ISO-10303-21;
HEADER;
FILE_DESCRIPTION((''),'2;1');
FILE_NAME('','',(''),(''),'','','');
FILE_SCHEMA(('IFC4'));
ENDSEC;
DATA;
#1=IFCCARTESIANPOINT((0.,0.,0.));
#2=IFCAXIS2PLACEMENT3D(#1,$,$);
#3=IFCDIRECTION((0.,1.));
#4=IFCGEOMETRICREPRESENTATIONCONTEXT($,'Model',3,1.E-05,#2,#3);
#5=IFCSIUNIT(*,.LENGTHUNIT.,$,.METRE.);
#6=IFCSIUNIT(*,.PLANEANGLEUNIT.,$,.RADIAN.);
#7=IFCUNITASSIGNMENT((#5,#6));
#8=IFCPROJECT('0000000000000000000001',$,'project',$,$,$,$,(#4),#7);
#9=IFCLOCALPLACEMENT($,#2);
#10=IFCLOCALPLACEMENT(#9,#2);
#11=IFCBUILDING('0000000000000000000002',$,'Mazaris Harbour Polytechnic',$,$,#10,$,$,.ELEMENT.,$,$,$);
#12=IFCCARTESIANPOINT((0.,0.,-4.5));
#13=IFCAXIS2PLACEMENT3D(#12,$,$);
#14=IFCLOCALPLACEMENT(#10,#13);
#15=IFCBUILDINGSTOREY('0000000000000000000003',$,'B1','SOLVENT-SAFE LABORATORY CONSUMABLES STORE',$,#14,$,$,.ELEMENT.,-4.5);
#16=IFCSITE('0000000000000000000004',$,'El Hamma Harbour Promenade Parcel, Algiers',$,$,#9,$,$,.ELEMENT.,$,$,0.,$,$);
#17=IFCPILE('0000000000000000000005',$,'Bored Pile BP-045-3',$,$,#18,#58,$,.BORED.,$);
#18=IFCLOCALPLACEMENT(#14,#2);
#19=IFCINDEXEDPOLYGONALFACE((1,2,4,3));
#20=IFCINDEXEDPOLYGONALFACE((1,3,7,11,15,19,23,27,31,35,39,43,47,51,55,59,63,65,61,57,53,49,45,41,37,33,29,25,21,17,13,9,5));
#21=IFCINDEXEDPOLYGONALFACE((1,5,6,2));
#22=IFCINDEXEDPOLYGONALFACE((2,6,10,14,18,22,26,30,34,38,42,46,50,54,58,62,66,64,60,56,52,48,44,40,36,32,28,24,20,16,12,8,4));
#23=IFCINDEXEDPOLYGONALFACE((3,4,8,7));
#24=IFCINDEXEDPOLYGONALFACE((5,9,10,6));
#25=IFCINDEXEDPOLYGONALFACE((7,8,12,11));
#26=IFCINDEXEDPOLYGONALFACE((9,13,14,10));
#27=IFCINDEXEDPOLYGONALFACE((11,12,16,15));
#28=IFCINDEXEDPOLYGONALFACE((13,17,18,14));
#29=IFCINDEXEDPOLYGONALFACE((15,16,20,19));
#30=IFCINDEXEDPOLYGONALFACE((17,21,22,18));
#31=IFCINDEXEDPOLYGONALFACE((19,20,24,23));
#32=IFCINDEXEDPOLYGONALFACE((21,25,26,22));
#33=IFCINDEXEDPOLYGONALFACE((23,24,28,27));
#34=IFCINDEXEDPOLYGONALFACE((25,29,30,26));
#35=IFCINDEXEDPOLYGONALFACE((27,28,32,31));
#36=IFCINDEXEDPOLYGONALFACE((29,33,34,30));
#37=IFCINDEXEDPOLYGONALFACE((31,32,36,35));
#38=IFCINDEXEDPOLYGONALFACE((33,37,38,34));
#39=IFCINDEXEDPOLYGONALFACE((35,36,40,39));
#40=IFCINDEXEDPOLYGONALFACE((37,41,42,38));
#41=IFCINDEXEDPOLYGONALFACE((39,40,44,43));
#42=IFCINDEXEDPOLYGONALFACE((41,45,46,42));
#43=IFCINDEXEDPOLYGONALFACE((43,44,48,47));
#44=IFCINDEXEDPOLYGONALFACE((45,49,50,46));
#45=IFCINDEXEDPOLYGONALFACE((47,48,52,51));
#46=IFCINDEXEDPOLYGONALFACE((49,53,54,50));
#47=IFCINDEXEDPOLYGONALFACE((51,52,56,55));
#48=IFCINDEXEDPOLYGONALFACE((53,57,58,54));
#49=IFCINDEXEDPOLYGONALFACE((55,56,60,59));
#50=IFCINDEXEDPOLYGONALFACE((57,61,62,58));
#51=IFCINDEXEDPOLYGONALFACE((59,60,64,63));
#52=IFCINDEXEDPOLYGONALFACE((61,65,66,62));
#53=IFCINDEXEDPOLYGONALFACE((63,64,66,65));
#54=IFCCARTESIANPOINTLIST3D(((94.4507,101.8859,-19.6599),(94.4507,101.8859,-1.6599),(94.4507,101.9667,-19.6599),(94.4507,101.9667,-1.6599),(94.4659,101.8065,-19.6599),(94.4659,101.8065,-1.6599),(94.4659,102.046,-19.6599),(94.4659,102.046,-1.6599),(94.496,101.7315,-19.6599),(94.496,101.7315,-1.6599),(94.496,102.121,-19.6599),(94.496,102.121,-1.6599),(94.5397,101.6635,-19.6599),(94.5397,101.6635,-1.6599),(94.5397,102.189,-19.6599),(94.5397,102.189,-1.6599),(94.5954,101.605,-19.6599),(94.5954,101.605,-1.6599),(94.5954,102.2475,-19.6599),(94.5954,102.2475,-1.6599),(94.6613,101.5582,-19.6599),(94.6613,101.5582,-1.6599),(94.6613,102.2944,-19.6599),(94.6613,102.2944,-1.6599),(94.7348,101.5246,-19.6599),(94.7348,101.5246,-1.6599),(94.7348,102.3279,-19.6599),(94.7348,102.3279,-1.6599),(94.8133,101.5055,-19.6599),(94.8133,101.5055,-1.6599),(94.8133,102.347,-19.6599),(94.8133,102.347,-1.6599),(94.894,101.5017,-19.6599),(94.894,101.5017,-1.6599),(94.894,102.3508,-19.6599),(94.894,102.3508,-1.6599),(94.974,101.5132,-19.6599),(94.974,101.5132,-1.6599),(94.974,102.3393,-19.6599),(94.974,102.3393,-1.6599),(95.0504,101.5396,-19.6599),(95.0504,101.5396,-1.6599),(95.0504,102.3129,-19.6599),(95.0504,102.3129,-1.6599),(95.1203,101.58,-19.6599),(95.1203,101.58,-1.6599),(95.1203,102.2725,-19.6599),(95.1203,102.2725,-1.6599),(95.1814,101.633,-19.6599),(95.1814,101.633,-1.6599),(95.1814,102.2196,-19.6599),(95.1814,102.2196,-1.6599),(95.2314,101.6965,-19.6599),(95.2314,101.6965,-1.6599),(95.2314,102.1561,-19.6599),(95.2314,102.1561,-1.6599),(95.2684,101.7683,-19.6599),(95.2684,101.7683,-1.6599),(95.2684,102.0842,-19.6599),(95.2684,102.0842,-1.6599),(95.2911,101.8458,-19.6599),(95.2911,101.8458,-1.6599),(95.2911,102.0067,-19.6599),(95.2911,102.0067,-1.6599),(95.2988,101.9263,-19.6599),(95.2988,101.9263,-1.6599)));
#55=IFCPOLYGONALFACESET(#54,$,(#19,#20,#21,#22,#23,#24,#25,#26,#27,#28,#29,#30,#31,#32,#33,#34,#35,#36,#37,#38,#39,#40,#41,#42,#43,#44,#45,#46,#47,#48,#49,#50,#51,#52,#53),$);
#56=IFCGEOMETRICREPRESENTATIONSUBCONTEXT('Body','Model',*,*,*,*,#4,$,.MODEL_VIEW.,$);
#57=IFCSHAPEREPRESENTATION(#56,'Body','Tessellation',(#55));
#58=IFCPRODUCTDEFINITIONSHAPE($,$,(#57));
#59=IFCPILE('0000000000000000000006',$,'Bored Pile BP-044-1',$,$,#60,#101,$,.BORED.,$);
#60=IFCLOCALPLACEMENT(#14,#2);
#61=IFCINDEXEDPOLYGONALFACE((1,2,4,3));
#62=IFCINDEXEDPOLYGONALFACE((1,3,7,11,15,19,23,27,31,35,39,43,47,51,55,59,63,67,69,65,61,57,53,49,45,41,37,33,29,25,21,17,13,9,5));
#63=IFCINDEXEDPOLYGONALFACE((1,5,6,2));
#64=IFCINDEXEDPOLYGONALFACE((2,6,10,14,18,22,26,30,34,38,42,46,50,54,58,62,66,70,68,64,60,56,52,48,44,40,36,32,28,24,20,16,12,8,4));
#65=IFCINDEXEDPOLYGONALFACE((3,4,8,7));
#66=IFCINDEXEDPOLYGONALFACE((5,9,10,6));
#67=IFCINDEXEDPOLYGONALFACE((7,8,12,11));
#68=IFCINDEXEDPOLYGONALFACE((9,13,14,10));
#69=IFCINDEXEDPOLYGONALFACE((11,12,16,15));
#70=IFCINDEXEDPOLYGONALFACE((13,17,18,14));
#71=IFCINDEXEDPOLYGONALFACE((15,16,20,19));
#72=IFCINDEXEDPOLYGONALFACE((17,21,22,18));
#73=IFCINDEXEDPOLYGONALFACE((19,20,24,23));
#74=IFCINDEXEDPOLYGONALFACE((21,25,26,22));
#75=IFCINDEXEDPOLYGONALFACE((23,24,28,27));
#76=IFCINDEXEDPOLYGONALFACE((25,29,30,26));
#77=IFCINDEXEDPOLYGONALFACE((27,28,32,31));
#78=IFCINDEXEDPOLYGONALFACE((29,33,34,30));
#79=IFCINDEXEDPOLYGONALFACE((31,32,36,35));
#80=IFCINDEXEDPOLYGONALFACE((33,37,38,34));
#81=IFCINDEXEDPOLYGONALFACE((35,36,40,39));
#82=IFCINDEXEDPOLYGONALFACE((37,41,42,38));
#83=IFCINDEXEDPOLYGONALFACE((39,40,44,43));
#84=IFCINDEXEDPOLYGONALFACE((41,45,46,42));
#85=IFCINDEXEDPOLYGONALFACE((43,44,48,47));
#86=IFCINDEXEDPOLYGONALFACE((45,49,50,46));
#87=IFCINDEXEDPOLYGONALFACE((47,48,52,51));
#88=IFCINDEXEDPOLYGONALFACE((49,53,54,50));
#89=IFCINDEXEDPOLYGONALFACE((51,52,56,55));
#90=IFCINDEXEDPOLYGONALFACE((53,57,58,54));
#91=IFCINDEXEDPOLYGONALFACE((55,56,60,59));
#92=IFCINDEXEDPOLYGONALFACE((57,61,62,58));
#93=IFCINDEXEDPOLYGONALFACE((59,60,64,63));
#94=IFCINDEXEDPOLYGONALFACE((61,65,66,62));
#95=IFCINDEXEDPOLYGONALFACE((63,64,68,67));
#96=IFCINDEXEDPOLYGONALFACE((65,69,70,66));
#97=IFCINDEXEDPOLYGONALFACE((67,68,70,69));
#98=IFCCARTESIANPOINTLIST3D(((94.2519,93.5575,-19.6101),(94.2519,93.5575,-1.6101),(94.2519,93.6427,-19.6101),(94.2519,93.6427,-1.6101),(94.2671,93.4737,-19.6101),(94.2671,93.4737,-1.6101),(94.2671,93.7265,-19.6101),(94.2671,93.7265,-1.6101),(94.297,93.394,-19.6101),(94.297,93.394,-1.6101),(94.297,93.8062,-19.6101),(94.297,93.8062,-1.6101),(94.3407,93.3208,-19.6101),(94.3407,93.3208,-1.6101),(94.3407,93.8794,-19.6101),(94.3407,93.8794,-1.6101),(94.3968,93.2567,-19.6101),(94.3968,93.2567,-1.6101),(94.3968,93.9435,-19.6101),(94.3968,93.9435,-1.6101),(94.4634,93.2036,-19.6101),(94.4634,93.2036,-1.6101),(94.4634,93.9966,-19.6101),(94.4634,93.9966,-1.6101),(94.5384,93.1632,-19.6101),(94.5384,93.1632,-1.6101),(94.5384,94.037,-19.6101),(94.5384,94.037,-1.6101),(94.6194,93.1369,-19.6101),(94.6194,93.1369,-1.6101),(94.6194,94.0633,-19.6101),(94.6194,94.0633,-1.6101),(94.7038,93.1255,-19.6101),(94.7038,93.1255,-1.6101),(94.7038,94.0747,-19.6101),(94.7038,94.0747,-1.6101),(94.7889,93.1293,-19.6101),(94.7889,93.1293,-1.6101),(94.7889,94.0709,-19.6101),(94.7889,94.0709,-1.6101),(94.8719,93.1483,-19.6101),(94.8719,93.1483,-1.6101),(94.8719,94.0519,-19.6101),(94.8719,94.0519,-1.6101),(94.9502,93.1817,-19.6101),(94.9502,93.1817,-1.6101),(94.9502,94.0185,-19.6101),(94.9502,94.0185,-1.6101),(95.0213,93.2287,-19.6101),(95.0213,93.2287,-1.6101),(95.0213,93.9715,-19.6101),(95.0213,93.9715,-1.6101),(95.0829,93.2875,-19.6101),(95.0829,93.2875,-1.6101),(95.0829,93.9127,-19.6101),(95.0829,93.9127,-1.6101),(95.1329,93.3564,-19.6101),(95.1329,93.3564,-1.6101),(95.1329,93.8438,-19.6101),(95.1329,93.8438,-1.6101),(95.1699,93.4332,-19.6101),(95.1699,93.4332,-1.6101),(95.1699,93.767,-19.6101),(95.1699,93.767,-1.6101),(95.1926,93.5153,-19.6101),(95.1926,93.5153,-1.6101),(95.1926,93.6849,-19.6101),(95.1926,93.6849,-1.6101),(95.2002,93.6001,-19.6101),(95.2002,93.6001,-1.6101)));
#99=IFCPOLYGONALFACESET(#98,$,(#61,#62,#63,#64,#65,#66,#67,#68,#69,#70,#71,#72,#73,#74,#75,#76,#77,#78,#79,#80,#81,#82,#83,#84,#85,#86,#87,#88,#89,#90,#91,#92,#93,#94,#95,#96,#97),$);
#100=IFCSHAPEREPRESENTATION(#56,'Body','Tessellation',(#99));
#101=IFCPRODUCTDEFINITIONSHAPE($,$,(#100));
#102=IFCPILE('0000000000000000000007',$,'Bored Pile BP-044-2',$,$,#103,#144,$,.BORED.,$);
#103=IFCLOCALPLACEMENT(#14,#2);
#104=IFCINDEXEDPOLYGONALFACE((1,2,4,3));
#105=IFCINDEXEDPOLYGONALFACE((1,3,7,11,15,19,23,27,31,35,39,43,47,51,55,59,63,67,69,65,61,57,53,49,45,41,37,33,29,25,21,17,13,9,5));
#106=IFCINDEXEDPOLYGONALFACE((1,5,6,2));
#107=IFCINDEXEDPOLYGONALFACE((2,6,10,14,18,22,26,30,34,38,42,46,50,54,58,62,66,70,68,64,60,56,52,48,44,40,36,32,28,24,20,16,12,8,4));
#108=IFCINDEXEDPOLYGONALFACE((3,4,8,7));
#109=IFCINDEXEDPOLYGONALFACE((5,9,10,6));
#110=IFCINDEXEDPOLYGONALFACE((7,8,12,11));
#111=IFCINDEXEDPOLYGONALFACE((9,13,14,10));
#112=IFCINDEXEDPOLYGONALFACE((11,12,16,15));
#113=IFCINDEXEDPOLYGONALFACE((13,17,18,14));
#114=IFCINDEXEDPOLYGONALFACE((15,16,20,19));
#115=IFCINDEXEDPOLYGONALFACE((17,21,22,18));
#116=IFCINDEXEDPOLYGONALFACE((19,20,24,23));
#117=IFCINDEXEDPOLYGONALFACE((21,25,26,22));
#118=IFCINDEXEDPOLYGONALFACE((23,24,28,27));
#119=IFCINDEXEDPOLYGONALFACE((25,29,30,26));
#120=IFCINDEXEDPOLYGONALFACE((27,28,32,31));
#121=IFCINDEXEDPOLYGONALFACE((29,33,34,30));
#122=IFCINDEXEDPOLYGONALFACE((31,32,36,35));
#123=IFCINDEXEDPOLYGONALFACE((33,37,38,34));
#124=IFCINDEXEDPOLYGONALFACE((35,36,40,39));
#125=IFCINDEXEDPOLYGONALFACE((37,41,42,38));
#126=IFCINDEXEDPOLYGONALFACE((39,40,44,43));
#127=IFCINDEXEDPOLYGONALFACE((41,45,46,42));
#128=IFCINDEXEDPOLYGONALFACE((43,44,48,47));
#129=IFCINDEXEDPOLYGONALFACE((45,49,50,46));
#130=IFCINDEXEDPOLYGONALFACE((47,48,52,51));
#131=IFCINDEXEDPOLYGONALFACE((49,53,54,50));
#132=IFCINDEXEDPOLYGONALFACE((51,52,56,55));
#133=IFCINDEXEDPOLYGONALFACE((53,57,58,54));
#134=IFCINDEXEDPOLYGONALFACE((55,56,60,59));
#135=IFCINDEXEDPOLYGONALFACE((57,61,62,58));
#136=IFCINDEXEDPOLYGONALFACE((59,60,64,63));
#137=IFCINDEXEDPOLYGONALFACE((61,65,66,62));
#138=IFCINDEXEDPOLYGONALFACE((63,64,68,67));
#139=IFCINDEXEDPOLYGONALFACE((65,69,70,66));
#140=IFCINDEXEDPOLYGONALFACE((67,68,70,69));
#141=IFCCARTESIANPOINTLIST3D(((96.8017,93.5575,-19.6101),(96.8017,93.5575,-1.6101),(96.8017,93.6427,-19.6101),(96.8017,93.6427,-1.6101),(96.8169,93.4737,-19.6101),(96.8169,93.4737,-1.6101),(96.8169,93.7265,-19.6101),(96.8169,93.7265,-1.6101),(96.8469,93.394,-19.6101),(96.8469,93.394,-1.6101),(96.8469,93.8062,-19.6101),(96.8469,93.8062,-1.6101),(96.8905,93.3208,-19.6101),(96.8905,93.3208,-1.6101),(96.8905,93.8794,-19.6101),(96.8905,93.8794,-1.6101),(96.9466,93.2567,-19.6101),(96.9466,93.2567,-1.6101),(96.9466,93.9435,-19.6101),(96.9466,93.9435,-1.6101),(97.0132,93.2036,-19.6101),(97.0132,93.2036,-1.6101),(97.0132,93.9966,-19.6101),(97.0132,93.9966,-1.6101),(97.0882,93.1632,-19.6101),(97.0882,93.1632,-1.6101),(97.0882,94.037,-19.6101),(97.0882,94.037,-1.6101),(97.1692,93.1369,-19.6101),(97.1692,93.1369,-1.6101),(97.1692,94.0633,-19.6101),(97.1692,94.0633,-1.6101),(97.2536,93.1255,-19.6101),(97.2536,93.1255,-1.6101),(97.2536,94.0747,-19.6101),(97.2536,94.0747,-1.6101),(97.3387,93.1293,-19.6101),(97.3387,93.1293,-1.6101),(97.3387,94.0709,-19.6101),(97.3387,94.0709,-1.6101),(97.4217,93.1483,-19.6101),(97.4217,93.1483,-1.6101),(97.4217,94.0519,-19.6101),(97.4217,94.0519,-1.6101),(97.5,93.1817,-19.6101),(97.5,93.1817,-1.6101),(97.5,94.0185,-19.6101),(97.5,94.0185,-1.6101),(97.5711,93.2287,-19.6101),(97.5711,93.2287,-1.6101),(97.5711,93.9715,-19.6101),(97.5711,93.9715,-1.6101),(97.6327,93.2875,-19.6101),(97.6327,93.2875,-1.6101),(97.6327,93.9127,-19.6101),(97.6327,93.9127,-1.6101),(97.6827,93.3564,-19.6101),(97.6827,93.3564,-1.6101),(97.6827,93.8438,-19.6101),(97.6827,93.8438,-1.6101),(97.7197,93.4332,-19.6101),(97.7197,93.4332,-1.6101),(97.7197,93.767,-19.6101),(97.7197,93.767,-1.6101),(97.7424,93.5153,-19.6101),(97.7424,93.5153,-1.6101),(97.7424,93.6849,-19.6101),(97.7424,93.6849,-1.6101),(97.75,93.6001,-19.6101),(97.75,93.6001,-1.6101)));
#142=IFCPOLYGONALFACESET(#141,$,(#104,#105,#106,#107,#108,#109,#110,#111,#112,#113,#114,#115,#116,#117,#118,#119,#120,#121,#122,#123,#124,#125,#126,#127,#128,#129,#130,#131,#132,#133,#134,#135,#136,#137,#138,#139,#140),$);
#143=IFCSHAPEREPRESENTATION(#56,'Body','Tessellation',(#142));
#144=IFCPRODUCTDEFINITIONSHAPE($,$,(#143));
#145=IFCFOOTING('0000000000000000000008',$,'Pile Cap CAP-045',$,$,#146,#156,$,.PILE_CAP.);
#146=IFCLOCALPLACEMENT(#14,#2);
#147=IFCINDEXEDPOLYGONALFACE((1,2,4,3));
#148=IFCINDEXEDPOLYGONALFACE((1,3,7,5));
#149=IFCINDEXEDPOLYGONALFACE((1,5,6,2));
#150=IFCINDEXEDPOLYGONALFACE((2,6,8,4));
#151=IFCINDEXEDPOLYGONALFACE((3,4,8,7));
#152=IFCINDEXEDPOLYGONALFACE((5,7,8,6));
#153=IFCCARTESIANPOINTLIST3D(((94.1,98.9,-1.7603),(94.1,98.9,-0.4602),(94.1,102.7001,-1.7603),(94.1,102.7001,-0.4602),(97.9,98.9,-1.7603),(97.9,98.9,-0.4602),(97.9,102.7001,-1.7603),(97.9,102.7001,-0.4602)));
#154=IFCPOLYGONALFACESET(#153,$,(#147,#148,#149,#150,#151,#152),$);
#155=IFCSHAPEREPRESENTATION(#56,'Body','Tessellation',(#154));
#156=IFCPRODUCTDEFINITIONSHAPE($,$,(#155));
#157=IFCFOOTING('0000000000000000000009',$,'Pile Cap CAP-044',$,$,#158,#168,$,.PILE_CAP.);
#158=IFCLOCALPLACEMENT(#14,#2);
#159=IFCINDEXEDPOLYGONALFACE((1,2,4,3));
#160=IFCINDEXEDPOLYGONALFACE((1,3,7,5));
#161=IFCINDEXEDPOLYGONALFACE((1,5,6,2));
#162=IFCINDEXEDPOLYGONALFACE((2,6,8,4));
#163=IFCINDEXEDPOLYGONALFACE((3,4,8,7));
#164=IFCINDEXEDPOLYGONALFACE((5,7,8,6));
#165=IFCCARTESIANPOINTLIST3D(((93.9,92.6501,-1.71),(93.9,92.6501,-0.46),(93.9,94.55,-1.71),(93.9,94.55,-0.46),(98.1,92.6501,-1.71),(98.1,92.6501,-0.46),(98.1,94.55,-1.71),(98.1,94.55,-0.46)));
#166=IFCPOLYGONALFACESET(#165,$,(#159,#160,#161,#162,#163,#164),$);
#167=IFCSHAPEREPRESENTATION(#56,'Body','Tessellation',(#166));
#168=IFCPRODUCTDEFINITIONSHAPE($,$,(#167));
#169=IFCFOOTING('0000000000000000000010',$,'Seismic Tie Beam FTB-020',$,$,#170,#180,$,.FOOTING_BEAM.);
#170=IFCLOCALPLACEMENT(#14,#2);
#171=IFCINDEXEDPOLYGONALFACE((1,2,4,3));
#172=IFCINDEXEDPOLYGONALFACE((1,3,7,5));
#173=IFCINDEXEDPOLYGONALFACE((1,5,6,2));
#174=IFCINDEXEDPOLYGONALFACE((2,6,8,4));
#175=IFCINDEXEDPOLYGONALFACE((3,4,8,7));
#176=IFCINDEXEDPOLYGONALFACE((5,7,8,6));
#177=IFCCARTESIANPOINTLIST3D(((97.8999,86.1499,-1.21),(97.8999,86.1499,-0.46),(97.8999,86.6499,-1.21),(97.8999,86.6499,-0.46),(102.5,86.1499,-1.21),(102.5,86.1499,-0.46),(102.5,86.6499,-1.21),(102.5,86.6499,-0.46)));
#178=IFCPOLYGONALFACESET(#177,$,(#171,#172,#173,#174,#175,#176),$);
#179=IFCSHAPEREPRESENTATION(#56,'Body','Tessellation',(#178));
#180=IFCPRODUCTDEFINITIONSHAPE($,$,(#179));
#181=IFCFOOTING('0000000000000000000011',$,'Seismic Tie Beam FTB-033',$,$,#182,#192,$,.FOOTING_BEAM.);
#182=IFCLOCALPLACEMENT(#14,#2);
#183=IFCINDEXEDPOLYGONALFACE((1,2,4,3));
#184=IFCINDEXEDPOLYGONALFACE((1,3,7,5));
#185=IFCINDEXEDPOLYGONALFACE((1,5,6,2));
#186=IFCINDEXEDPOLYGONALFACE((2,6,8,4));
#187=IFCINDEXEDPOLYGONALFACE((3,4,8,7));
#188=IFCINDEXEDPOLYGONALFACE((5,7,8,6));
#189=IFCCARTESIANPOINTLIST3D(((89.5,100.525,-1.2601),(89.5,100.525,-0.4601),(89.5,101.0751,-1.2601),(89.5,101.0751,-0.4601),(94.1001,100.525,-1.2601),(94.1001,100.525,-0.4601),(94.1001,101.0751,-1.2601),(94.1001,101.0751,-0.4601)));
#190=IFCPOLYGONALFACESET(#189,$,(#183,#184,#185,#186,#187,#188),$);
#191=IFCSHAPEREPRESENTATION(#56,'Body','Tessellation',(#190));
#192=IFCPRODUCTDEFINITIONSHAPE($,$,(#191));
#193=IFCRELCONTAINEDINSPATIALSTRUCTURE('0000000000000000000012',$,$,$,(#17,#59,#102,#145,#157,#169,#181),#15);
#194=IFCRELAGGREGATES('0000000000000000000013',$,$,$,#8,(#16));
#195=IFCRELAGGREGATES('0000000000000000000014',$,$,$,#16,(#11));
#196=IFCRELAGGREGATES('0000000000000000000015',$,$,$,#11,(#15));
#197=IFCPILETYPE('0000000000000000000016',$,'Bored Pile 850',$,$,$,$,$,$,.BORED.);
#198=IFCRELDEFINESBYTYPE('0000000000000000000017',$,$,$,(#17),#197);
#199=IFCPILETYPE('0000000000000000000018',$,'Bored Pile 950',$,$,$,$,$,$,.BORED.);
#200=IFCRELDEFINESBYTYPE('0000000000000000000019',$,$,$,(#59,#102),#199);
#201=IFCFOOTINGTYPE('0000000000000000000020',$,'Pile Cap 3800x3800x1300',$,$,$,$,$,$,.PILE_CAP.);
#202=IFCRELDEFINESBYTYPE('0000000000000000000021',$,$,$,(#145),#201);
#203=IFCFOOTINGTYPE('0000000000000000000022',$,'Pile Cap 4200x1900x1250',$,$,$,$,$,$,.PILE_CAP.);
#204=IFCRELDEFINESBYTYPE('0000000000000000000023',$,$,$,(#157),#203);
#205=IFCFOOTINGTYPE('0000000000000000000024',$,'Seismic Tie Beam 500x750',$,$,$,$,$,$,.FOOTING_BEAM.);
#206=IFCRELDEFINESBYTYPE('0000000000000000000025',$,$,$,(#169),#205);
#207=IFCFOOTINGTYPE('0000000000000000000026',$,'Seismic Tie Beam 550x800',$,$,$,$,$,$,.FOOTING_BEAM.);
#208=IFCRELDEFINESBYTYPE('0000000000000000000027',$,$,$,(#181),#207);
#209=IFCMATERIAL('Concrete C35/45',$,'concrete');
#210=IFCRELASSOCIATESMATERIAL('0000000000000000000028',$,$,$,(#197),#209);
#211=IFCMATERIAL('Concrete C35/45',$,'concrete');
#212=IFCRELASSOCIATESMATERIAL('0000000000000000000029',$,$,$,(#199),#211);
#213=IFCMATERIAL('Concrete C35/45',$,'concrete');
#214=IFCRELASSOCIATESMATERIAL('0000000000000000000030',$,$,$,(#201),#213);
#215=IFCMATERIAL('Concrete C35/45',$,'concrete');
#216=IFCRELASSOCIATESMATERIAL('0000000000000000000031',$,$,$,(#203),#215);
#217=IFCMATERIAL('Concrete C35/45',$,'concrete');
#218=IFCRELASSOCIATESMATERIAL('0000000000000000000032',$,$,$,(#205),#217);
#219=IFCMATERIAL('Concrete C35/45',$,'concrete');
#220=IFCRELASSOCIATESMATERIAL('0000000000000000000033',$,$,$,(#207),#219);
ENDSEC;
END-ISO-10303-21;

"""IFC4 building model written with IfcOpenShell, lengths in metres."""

from ifc_helpers import new_model, si_unit, direction, frame, origin, origin_2d, place, context, subcontext, project, spatial, rectangle, circle, extrude, material, material_profile, profile_set, type_object, element, save


model = new_model("IFC4")

# Units and contexts
model_context = context("Model", 3, precision=1e-05, world=origin(), true_north=direction((0.0, 1.0)))
body_context = subcontext(model_context, "Body", "Model", "MODEL_VIEW")
ifc_project = project(units=[si_unit("LENGTHUNIT", "METRE"), si_unit("PLANEANGLEUNIT", "RADIAN")], contexts=[model_context])

# Site, building, storey
site_placement = place(None, origin())
site = spatial("IfcSite", under=ifc_project, at=site_placement, Name="El Hamma Harbour Promenade Parcel, Algiers", CompositionType="ELEMENT", RefElevation=0.0)
building_placement = place(site_placement, origin())
building = spatial("IfcBuilding", under=site, at=building_placement, Name="Mazaris Harbour Polytechnic", CompositionType="ELEMENT")
storey_placement = place(building_placement, frame((0.0, 0.0, -4.5)))
storey = spatial("IfcBuildingStorey", under=building, at=storey_placement, Name="B1", Description="SOLVENT-SAFE LABORATORY CONSUMABLES STORE", CompositionType="ELEMENT", Elevation=-4.5)

# Piles
ifc_material_1 = material(Name="Concrete C35/45", Category="concrete")
ifc_material_profile_1 = material_profile(ifc_material_1, circle(Radius=0.425, at=origin_2d()), Name="DIA850")
ifc_profile_set_1 = profile_set([ifc_material_profile_1], Name="Concrete C35/45")
pile_type_1 = type_object("IfcPileType", Name="Bored Pile 850", PredefinedType="BORED", material=ifc_profile_set_1)
for number, where, z_axis, x_axis, name in (
    (1, (94.8738, 101.9263, -1.6599), (0.0, 0.0, -1.0), (1.0, 0.0, 0.0), "Bored Pile BP-045-3"),
):
    element("IfcPile", number, at=place(storey_placement, frame(where, z_axis=z_axis, x_axis=x_axis)), inside=storey, type_object=pile_type_1, Name=name, PredefinedType="BORED", context=body_context, shape_type="SweptSolid", body=[
        extrude(circle(Radius=0.425, at=origin_2d()), origin(), (0.0, 0.0, 1.0), 18.0),
    ])
ifc_material_2 = material(Name="Concrete C35/45", Category="concrete")
ifc_material_profile_2 = material_profile(ifc_material_2, circle(Radius=0.4751, at=origin_2d()), Name="DIA950")
ifc_profile_set_2 = profile_set([ifc_material_profile_2], Name="Concrete C35/45")
pile_type_2 = type_object("IfcPileType", Name="Bored Pile 950", PredefinedType="BORED", material=ifc_profile_set_2)
for number, where, z_axis, x_axis, name in (
    (2, (94.7251, 93.6001, -1.6101), (0.0, 0.0, -1.0), (1.0, 0.0, 0.0), "Bored Pile BP-044-1"),
    (3, (97.2749, 93.6001, -1.6101), (0.0, 0.0, -1.0), (1.0, 0.0, 0.0), "Bored Pile BP-044-2"),
):
    element("IfcPile", number, at=place(storey_placement, frame(where, z_axis=z_axis, x_axis=x_axis)), inside=storey, type_object=pile_type_2, Name=name, PredefinedType="BORED", context=body_context, shape_type="SweptSolid", body=[
        extrude(circle(Radius=0.4751, at=origin_2d()), origin(), (0.0, 0.0, 1.0), 18.0),
    ])

# Footings
ifc_material_3 = material(Name="Concrete C35/45", Category="concrete")
footing_type_1 = type_object("IfcFootingType", Name="Pile Cap 3800x3800x1300", PredefinedType="PILE_CAP", material=ifc_material_3)
footing_1_placement = place(storey_placement, frame((96.0, 100.8, -1.7603), z_axis=(0.0, 0.0, 1.0), x_axis=(1.0, 0.0, 0.0)))
element("IfcFooting", 4, at=footing_1_placement, inside=storey, type_object=footing_type_1, Name="Pile Cap CAP-045", PredefinedType="PILE_CAP", context=body_context, shape_type="SweptSolid", body=[
    extrude(rectangle(XDim=3.8, YDim=3.8, at=origin_2d()), origin(), (0.0, 0.0, 1.0), 1.3),
])
ifc_material_4 = material(Name="Concrete C35/45", Category="concrete")
footing_type_2 = type_object("IfcFootingType", Name="Pile Cap 4200x1900x1250", PredefinedType="PILE_CAP", material=ifc_material_4)
footing_2_placement = place(storey_placement, frame((96.0, 93.6001, -1.71), z_axis=(0.0, 0.0, 1.0), x_axis=(1.0, 0.0, 0.0)))
element("IfcFooting", 5, at=footing_2_placement, inside=storey, type_object=footing_type_2, Name="Pile Cap CAP-044", PredefinedType="PILE_CAP", context=body_context, shape_type="SweptSolid", body=[
    extrude(rectangle(XDim=4.2, YDim=1.8999, at=origin_2d()), origin(), (0.0, 0.0, 1.0), 1.25),
])
ifc_material_5 = material(Name="Concrete C35/45", Category="concrete")
ifc_material_profile_3 = material_profile(ifc_material_5, rectangle(XDim=0.5, YDim=0.75, at=origin_2d()), Name="RECT500x750")
ifc_profile_set_3 = profile_set([ifc_material_profile_3], Name="Concrete C35/45")
footing_type_3 = type_object("IfcFootingType", Name="Seismic Tie Beam 500x750", PredefinedType="FOOTING_BEAM", material=ifc_profile_set_3)
footing_3_placement = place(storey_placement, frame((97.8999, 86.3999, -0.835), z_axis=(1.0, 0.0, 0.0), x_axis=(0.0, 1.0, 0.0)))
element("IfcFooting", 6, at=footing_3_placement, inside=storey, type_object=footing_type_3, Name="Seismic Tie Beam FTB-020", PredefinedType="FOOTING_BEAM", context=body_context, shape_type="SweptSolid", body=[
    extrude(rectangle(XDim=0.5, YDim=0.75, at=origin_2d()), origin(), (0.0, 0.0, 1.0), 4.6001),
])
ifc_material_6 = material(Name="Concrete C35/45", Category="concrete")
ifc_material_profile_4 = material_profile(ifc_material_6, rectangle(XDim=0.55, YDim=0.8, at=origin_2d()), Name="RECT550x800")
ifc_profile_set_4 = profile_set([ifc_material_profile_4], Name="Concrete C35/45")
footing_type_4 = type_object("IfcFootingType", Name="Seismic Tie Beam 550x800", PredefinedType="FOOTING_BEAM", material=ifc_profile_set_4)
footing_4_placement = place(storey_placement, frame((89.5, 100.8, -0.8601), z_axis=(1.0, 0.0, 0.0), x_axis=(0.0, 1.0, 0.0)))
element("IfcFooting", 7, at=footing_4_placement, inside=storey, type_object=footing_type_4, Name="Seismic Tie Beam FTB-033", PredefinedType="FOOTING_BEAM", context=body_context, shape_type="SweptSolid", body=[
    extrude(rectangle(XDim=0.55, YDim=0.8, at=origin_2d()), origin(), (0.0, 0.0, 1.0), 4.6001),
])

save(model, "model.ifc")
